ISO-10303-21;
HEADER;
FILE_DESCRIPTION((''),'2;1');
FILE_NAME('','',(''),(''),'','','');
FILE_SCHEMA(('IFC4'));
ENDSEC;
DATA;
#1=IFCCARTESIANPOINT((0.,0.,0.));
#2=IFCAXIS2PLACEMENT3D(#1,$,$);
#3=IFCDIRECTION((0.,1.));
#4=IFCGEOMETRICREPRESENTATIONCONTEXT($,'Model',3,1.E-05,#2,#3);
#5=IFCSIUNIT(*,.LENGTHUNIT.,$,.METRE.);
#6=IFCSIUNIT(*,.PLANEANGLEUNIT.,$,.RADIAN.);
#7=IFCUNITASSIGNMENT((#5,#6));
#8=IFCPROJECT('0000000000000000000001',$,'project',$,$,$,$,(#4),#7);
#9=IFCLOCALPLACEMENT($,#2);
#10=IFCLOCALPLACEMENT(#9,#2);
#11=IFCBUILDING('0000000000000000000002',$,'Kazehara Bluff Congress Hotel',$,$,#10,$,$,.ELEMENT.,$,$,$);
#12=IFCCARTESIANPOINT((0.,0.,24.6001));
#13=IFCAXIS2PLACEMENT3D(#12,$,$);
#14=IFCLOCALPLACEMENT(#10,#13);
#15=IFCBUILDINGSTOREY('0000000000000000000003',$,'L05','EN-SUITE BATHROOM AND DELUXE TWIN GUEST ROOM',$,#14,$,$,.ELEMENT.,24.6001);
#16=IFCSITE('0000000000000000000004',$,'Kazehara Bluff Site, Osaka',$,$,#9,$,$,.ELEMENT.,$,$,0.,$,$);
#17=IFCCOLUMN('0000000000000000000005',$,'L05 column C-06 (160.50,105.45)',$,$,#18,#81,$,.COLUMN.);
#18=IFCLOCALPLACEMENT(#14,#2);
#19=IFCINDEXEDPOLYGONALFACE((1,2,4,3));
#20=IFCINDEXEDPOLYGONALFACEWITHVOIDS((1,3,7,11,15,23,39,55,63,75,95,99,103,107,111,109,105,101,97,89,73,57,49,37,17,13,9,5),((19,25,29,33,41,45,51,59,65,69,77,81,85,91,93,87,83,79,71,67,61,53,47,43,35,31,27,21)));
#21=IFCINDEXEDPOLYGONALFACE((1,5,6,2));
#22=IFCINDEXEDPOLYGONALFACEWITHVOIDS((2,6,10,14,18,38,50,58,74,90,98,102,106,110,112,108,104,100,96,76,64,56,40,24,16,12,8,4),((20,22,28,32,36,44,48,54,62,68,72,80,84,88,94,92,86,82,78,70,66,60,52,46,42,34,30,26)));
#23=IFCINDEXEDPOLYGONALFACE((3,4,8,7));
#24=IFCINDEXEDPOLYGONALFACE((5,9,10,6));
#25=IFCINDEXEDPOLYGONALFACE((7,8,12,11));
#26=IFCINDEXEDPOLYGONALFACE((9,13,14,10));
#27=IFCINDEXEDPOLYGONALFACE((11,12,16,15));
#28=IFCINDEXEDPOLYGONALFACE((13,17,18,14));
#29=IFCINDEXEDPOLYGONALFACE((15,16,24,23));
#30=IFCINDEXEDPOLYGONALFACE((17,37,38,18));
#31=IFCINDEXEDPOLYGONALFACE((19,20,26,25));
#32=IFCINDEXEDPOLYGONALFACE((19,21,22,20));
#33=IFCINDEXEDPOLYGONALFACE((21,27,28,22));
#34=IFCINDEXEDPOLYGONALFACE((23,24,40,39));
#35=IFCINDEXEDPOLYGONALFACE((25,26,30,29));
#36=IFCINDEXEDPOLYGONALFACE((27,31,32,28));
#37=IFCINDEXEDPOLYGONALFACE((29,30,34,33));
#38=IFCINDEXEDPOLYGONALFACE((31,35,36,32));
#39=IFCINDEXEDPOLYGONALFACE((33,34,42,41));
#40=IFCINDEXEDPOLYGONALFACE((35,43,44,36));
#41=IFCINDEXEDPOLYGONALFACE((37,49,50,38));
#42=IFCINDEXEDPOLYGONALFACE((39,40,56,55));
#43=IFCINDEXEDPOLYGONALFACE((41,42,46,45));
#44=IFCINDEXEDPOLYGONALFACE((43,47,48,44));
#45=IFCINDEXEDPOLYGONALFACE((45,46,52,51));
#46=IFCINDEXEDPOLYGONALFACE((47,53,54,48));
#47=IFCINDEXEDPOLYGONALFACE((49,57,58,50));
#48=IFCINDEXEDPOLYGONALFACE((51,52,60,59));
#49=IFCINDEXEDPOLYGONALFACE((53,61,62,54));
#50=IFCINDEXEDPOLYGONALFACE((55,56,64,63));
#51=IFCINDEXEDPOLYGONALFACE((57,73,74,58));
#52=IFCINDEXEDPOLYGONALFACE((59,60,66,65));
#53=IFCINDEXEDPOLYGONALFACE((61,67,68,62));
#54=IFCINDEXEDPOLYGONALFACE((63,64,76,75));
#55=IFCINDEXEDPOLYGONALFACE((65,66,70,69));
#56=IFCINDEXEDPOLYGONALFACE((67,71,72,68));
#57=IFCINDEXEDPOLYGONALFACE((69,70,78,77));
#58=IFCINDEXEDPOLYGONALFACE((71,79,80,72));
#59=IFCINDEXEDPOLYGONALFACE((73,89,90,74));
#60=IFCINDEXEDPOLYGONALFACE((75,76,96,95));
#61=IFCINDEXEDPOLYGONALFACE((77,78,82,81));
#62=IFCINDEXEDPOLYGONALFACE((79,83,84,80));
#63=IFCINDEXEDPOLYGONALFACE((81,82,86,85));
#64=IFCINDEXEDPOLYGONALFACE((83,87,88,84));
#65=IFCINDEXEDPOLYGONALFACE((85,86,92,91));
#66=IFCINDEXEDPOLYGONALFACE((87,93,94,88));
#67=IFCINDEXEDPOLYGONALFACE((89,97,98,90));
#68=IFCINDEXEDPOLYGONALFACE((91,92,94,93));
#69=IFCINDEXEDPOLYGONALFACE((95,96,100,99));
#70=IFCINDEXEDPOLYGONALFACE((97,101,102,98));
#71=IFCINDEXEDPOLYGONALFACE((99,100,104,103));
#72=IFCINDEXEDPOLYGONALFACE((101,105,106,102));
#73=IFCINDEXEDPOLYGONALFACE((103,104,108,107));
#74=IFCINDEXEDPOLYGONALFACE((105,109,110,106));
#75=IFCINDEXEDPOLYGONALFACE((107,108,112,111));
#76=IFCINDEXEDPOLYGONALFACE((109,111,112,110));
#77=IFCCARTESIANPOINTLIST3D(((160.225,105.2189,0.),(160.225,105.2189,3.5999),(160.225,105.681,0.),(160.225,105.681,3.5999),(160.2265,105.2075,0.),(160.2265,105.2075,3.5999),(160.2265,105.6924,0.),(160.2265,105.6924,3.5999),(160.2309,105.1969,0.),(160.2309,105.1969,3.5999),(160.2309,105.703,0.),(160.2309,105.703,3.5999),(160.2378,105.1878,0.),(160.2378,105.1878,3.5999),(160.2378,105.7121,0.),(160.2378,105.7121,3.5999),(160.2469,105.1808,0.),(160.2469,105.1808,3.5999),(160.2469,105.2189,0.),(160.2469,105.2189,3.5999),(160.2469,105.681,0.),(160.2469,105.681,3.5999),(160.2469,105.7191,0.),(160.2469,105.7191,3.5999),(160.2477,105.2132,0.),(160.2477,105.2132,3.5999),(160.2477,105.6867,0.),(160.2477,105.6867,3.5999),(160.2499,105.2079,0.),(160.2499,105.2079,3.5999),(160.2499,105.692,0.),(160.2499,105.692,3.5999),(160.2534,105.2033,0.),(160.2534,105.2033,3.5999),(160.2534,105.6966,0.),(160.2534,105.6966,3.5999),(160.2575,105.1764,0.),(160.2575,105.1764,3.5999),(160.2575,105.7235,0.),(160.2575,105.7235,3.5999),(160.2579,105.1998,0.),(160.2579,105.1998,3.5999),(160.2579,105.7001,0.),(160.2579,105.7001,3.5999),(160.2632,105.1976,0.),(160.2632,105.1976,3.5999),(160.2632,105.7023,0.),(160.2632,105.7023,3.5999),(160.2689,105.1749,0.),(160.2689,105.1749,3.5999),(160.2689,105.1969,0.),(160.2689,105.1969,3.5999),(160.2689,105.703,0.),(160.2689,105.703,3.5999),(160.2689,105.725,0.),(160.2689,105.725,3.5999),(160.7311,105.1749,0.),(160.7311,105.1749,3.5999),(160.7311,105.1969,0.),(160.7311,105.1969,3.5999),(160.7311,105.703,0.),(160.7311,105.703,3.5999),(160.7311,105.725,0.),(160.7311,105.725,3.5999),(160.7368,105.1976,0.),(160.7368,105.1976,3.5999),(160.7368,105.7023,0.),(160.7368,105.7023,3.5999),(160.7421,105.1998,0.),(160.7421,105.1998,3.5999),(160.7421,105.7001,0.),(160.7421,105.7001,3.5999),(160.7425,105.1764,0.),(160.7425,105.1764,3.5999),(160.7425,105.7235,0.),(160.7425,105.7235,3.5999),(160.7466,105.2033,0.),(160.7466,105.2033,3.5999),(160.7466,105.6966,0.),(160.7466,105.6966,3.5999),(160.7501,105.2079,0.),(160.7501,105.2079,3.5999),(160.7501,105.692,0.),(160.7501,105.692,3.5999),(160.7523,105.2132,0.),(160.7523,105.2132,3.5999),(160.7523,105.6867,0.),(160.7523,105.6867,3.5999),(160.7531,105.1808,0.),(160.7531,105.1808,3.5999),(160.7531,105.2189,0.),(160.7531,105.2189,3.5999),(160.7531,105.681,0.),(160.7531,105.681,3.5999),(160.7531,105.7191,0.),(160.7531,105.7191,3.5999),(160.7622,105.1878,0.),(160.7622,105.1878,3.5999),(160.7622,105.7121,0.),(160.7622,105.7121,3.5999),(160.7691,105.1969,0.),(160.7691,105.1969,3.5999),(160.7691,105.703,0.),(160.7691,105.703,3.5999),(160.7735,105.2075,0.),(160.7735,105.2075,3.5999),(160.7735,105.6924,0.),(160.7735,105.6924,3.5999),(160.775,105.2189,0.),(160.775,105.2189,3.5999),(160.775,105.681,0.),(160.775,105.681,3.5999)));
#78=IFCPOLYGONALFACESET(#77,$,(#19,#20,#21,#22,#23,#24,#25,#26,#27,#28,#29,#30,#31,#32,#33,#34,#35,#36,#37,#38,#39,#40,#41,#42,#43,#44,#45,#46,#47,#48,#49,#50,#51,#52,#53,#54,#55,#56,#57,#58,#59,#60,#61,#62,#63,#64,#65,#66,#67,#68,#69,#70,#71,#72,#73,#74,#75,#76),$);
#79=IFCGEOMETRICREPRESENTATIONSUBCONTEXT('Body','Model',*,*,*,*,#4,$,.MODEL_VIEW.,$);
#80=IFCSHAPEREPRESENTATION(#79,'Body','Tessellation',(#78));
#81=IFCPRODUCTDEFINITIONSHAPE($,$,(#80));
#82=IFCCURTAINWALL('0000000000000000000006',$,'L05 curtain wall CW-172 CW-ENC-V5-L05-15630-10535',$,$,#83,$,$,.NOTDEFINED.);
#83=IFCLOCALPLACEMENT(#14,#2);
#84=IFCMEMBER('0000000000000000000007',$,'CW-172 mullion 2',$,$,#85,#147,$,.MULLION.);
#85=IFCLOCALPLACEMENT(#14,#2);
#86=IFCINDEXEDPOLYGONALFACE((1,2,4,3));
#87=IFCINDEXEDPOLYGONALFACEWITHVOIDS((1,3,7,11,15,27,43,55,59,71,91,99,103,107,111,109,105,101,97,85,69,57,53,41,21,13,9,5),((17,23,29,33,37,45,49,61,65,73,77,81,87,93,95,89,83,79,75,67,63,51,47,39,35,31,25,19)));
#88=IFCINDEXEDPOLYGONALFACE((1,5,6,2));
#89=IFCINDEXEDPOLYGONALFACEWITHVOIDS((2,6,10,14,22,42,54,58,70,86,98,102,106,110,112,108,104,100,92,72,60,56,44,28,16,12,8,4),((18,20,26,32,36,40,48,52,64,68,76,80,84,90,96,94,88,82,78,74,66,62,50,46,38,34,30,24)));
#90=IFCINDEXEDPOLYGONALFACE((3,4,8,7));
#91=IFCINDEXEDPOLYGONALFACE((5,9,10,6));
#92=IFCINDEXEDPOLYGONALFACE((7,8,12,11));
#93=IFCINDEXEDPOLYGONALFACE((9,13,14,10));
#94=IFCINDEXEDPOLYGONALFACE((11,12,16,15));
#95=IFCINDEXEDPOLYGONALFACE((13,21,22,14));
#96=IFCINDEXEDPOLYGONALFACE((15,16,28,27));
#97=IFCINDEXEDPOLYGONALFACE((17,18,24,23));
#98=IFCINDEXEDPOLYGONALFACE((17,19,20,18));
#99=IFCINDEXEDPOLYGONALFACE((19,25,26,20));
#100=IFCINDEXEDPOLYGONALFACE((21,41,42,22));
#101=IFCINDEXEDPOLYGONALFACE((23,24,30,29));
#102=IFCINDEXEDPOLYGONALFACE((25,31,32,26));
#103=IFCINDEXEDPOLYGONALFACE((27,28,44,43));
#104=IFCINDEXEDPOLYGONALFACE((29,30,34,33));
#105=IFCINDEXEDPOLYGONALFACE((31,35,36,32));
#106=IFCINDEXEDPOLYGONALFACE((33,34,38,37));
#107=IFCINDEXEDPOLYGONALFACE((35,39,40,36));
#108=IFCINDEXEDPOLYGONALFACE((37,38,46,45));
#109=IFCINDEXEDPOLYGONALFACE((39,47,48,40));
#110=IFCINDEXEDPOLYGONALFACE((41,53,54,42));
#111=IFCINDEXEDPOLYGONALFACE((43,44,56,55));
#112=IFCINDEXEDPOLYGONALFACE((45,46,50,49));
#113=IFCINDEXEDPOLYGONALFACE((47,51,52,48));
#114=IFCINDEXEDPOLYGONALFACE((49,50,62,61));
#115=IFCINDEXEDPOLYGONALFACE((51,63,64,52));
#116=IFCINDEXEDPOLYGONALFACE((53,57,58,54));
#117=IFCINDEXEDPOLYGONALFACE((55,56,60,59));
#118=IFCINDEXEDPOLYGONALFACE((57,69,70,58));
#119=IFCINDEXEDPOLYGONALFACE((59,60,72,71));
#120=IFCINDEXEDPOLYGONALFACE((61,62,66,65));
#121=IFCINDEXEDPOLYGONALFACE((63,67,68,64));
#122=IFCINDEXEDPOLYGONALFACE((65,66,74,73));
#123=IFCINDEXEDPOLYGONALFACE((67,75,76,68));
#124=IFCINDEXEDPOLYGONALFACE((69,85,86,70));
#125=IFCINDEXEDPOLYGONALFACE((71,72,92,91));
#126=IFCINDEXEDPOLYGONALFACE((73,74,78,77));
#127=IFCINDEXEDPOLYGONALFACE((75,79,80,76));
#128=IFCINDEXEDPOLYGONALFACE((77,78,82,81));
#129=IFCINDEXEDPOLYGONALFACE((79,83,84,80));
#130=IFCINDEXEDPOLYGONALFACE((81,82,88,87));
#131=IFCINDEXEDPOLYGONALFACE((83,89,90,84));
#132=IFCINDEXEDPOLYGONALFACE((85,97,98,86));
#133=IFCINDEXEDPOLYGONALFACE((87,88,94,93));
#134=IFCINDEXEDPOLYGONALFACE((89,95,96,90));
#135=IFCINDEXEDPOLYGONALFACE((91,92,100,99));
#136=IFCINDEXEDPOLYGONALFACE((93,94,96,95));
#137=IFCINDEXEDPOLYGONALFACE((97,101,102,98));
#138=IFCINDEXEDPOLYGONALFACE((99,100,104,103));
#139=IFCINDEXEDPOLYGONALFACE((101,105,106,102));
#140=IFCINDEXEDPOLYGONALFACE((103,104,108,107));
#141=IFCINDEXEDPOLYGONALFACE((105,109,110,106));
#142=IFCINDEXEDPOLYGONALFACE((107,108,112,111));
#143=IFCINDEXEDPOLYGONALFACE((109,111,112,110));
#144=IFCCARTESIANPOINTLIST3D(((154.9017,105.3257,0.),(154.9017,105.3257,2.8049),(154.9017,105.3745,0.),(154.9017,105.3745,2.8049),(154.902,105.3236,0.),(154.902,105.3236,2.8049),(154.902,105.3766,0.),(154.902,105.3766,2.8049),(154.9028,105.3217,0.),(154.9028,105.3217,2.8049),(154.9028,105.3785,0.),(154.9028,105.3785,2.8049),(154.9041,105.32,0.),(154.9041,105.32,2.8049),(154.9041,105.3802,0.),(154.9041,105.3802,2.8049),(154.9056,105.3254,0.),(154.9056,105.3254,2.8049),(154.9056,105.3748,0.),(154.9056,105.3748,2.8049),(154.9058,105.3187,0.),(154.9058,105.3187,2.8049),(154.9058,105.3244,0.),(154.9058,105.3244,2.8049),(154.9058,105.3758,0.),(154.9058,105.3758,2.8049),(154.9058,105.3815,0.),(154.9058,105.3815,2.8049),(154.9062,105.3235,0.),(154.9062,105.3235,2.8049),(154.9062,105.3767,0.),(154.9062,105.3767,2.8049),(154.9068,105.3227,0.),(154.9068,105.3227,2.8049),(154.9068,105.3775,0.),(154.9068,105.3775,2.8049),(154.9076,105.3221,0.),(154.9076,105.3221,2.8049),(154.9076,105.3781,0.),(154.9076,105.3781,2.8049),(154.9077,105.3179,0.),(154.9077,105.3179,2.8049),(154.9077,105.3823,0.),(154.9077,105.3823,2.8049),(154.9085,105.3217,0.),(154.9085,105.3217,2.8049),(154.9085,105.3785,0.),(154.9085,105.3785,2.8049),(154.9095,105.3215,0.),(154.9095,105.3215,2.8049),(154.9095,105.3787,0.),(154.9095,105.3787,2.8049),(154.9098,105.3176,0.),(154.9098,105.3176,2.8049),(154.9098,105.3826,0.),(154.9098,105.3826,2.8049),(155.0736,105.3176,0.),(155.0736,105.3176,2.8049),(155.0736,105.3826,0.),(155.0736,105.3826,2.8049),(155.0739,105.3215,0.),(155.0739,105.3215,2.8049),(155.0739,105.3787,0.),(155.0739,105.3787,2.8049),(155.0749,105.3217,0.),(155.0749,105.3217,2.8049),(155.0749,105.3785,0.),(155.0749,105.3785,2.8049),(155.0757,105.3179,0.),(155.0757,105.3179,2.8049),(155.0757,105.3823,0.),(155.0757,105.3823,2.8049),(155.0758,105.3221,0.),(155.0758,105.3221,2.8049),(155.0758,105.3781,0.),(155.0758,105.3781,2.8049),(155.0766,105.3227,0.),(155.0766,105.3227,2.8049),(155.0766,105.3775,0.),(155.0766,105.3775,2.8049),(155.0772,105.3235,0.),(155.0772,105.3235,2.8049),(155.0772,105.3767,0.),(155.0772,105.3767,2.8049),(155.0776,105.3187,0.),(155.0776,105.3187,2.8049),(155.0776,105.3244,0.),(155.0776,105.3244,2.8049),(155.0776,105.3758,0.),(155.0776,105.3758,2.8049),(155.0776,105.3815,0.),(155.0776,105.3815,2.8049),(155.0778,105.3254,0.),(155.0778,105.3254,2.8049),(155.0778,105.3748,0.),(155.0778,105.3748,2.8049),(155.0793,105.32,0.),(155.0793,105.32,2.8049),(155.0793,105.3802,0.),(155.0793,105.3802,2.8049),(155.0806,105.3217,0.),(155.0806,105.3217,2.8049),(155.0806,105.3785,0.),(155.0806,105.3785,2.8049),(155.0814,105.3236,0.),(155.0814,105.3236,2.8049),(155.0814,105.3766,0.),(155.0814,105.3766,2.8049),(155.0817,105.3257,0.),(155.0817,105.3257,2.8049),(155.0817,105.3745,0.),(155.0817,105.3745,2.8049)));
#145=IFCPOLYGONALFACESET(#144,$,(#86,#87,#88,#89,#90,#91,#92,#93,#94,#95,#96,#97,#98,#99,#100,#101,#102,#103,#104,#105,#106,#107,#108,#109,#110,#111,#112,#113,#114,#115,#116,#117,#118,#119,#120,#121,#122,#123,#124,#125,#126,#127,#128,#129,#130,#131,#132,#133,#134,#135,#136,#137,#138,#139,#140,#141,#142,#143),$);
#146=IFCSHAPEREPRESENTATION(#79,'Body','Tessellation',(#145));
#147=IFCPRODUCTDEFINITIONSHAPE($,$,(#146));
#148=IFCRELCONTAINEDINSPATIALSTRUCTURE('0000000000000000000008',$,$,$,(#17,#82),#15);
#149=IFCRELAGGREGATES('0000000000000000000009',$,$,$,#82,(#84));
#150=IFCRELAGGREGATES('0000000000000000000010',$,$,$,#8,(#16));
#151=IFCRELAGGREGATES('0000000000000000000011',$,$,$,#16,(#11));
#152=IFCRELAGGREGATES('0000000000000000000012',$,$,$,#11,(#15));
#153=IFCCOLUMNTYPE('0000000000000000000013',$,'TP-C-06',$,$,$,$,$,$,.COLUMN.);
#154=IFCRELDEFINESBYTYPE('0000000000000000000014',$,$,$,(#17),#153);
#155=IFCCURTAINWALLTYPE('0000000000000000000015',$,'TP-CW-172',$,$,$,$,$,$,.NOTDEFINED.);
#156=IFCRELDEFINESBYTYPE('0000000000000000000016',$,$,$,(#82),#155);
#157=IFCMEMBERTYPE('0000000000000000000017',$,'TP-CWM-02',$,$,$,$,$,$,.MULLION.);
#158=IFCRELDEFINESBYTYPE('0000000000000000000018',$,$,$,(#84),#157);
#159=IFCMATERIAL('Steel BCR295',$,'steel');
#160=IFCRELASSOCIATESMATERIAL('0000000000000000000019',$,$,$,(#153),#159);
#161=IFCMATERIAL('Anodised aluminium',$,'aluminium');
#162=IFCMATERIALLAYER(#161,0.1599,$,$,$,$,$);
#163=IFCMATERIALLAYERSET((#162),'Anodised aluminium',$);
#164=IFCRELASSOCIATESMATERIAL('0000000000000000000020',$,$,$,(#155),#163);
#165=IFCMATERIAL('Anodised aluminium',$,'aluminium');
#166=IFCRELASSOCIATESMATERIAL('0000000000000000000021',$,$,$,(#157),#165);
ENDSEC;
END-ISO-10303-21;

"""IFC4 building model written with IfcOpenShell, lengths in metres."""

from ifc_helpers import new_model, si_unit, direction, frame, origin, origin_2d, place, context, subcontext, project, spatial, hollow_rectangle, extrude, material, layer, layer_set, material_profile, profile_set, type_object, element, aggregate, save


model = new_model("IFC4")

# Units and contexts
model_context = context("Model", 3, precision=1e-05, world=origin(), true_north=direction((0.0, 1.0)))
body_context = subcontext(model_context, "Body", "Model", "MODEL_VIEW")
ifc_project = project(units=[si_unit("LENGTHUNIT", "METRE"), si_unit("PLANEANGLEUNIT", "RADIAN")], contexts=[model_context])

# Site, building, storey
site_placement = place(None, origin())
site = spatial("IfcSite", under=ifc_project, at=site_placement, Name="Kazehara Bluff Site, Osaka", CompositionType="ELEMENT", RefElevation=0.0)
building_placement = place(site_placement, origin())
building = spatial("IfcBuilding", under=site, at=building_placement, Name="Kazehara Bluff Congress Hotel", CompositionType="ELEMENT")
storey_placement = place(building_placement, frame((0.0, 0.0, 24.6001)))
storey = spatial("IfcBuildingStorey", under=building, at=storey_placement, Name="L05", Description="EN-SUITE BATHROOM AND DELUXE TWIN GUEST ROOM", CompositionType="ELEMENT", Elevation=24.6001)

# Column
ifc_material_1 = material(Name="Steel BCR295", Category="steel")
ifc_material_profile_1 = material_profile(ifc_material_1, hollow_rectangle(XDim=0.55, YDim=0.55, WallThickness=0.022, InnerFilletRadius=0.022, OuterFilletRadius=0.0439, at=origin_2d()))
ifc_profile_set_1 = profile_set([ifc_material_profile_1], Name="Steel BCR295")
column_type = type_object("IfcColumnType", Name="TP-C-06", PredefinedType="COLUMN", material=ifc_profile_set_1)
column_placement = place(storey_placement, frame((160.5, 105.45, 0.0), z_axis=(0.0, 0.0, 1.0), x_axis=(1.0, 0.0, 0.0)))
element("IfcColumn", 1, at=column_placement, inside=storey, type_object=column_type, Name="L05 column C-06 (160.50,105.45)", PredefinedType="COLUMN", context=body_context, shape_type="SweptSolid", body=[
    extrude(hollow_rectangle(XDim=0.55, YDim=0.55, WallThickness=0.022, InnerFilletRadius=0.022, OuterFilletRadius=0.0439, at=origin_2d()), origin(), (0.0, 0.0, 1.0), 3.5999),
])

# Curtain wall, member
ifc_material_2 = material(Name="Anodised aluminium", Category="aluminium")
ifc_layer_1 = layer(ifc_material_2, 0.1599)
ifc_layer_set_1 = layer_set([ifc_layer_1], Name="Anodised aluminium")
curtain_wall_type = type_object("IfcCurtainWallType", Name="TP-CW-172", PredefinedType="NOTDEFINED", material=ifc_layer_set_1)
curtain_wall_placement = place(storey_placement, origin())
curtain_wall = element("IfcCurtainWall", 2, at=curtain_wall_placement, inside=storey, type_object=curtain_wall_type, Name="L05 curtain wall CW-172 CW-ENC-V5-L05-15630-10535", PredefinedType="NOTDEFINED")
ifc_material_3 = material(Name="Anodised aluminium", Category="aluminium")
ifc_material_profile_2 = material_profile(ifc_material_3, hollow_rectangle(XDim=0.0649, YDim=0.1799, WallThickness=0.0039, InnerFilletRadius=0.0039, OuterFilletRadius=0.0081, at=origin_2d()))
ifc_profile_set_2 = profile_set([ifc_material_profile_2], Name="Anodised aluminium")
member_type_1 = type_object("IfcMemberType", Name="TP-CWM-02", PredefinedType="MULLION", material=ifc_profile_set_2)
member_1_placement = place(storey_placement, frame((154.9917, 105.3501, 0.0), z_axis=(0.0, 0.0, 1.0), x_axis=(0.0, 1.0, 0.0)))
member_1 = element("IfcMember", 3, at=member_1_placement, type_object=member_type_1, Name="CW-172 mullion 2", PredefinedType="MULLION", context=body_context, shape_type="SweptSolid", body=[
    extrude(hollow_rectangle(XDim=0.0649, YDim=0.1799, WallThickness=0.0039, InnerFilletRadius=0.0039, OuterFilletRadius=0.0081, at=origin_2d()), origin(), (0.0, 0.0, 1.0), 2.8049),
])

aggregate(curtain_wall, [member_1])

save(model, "model.ifc")
